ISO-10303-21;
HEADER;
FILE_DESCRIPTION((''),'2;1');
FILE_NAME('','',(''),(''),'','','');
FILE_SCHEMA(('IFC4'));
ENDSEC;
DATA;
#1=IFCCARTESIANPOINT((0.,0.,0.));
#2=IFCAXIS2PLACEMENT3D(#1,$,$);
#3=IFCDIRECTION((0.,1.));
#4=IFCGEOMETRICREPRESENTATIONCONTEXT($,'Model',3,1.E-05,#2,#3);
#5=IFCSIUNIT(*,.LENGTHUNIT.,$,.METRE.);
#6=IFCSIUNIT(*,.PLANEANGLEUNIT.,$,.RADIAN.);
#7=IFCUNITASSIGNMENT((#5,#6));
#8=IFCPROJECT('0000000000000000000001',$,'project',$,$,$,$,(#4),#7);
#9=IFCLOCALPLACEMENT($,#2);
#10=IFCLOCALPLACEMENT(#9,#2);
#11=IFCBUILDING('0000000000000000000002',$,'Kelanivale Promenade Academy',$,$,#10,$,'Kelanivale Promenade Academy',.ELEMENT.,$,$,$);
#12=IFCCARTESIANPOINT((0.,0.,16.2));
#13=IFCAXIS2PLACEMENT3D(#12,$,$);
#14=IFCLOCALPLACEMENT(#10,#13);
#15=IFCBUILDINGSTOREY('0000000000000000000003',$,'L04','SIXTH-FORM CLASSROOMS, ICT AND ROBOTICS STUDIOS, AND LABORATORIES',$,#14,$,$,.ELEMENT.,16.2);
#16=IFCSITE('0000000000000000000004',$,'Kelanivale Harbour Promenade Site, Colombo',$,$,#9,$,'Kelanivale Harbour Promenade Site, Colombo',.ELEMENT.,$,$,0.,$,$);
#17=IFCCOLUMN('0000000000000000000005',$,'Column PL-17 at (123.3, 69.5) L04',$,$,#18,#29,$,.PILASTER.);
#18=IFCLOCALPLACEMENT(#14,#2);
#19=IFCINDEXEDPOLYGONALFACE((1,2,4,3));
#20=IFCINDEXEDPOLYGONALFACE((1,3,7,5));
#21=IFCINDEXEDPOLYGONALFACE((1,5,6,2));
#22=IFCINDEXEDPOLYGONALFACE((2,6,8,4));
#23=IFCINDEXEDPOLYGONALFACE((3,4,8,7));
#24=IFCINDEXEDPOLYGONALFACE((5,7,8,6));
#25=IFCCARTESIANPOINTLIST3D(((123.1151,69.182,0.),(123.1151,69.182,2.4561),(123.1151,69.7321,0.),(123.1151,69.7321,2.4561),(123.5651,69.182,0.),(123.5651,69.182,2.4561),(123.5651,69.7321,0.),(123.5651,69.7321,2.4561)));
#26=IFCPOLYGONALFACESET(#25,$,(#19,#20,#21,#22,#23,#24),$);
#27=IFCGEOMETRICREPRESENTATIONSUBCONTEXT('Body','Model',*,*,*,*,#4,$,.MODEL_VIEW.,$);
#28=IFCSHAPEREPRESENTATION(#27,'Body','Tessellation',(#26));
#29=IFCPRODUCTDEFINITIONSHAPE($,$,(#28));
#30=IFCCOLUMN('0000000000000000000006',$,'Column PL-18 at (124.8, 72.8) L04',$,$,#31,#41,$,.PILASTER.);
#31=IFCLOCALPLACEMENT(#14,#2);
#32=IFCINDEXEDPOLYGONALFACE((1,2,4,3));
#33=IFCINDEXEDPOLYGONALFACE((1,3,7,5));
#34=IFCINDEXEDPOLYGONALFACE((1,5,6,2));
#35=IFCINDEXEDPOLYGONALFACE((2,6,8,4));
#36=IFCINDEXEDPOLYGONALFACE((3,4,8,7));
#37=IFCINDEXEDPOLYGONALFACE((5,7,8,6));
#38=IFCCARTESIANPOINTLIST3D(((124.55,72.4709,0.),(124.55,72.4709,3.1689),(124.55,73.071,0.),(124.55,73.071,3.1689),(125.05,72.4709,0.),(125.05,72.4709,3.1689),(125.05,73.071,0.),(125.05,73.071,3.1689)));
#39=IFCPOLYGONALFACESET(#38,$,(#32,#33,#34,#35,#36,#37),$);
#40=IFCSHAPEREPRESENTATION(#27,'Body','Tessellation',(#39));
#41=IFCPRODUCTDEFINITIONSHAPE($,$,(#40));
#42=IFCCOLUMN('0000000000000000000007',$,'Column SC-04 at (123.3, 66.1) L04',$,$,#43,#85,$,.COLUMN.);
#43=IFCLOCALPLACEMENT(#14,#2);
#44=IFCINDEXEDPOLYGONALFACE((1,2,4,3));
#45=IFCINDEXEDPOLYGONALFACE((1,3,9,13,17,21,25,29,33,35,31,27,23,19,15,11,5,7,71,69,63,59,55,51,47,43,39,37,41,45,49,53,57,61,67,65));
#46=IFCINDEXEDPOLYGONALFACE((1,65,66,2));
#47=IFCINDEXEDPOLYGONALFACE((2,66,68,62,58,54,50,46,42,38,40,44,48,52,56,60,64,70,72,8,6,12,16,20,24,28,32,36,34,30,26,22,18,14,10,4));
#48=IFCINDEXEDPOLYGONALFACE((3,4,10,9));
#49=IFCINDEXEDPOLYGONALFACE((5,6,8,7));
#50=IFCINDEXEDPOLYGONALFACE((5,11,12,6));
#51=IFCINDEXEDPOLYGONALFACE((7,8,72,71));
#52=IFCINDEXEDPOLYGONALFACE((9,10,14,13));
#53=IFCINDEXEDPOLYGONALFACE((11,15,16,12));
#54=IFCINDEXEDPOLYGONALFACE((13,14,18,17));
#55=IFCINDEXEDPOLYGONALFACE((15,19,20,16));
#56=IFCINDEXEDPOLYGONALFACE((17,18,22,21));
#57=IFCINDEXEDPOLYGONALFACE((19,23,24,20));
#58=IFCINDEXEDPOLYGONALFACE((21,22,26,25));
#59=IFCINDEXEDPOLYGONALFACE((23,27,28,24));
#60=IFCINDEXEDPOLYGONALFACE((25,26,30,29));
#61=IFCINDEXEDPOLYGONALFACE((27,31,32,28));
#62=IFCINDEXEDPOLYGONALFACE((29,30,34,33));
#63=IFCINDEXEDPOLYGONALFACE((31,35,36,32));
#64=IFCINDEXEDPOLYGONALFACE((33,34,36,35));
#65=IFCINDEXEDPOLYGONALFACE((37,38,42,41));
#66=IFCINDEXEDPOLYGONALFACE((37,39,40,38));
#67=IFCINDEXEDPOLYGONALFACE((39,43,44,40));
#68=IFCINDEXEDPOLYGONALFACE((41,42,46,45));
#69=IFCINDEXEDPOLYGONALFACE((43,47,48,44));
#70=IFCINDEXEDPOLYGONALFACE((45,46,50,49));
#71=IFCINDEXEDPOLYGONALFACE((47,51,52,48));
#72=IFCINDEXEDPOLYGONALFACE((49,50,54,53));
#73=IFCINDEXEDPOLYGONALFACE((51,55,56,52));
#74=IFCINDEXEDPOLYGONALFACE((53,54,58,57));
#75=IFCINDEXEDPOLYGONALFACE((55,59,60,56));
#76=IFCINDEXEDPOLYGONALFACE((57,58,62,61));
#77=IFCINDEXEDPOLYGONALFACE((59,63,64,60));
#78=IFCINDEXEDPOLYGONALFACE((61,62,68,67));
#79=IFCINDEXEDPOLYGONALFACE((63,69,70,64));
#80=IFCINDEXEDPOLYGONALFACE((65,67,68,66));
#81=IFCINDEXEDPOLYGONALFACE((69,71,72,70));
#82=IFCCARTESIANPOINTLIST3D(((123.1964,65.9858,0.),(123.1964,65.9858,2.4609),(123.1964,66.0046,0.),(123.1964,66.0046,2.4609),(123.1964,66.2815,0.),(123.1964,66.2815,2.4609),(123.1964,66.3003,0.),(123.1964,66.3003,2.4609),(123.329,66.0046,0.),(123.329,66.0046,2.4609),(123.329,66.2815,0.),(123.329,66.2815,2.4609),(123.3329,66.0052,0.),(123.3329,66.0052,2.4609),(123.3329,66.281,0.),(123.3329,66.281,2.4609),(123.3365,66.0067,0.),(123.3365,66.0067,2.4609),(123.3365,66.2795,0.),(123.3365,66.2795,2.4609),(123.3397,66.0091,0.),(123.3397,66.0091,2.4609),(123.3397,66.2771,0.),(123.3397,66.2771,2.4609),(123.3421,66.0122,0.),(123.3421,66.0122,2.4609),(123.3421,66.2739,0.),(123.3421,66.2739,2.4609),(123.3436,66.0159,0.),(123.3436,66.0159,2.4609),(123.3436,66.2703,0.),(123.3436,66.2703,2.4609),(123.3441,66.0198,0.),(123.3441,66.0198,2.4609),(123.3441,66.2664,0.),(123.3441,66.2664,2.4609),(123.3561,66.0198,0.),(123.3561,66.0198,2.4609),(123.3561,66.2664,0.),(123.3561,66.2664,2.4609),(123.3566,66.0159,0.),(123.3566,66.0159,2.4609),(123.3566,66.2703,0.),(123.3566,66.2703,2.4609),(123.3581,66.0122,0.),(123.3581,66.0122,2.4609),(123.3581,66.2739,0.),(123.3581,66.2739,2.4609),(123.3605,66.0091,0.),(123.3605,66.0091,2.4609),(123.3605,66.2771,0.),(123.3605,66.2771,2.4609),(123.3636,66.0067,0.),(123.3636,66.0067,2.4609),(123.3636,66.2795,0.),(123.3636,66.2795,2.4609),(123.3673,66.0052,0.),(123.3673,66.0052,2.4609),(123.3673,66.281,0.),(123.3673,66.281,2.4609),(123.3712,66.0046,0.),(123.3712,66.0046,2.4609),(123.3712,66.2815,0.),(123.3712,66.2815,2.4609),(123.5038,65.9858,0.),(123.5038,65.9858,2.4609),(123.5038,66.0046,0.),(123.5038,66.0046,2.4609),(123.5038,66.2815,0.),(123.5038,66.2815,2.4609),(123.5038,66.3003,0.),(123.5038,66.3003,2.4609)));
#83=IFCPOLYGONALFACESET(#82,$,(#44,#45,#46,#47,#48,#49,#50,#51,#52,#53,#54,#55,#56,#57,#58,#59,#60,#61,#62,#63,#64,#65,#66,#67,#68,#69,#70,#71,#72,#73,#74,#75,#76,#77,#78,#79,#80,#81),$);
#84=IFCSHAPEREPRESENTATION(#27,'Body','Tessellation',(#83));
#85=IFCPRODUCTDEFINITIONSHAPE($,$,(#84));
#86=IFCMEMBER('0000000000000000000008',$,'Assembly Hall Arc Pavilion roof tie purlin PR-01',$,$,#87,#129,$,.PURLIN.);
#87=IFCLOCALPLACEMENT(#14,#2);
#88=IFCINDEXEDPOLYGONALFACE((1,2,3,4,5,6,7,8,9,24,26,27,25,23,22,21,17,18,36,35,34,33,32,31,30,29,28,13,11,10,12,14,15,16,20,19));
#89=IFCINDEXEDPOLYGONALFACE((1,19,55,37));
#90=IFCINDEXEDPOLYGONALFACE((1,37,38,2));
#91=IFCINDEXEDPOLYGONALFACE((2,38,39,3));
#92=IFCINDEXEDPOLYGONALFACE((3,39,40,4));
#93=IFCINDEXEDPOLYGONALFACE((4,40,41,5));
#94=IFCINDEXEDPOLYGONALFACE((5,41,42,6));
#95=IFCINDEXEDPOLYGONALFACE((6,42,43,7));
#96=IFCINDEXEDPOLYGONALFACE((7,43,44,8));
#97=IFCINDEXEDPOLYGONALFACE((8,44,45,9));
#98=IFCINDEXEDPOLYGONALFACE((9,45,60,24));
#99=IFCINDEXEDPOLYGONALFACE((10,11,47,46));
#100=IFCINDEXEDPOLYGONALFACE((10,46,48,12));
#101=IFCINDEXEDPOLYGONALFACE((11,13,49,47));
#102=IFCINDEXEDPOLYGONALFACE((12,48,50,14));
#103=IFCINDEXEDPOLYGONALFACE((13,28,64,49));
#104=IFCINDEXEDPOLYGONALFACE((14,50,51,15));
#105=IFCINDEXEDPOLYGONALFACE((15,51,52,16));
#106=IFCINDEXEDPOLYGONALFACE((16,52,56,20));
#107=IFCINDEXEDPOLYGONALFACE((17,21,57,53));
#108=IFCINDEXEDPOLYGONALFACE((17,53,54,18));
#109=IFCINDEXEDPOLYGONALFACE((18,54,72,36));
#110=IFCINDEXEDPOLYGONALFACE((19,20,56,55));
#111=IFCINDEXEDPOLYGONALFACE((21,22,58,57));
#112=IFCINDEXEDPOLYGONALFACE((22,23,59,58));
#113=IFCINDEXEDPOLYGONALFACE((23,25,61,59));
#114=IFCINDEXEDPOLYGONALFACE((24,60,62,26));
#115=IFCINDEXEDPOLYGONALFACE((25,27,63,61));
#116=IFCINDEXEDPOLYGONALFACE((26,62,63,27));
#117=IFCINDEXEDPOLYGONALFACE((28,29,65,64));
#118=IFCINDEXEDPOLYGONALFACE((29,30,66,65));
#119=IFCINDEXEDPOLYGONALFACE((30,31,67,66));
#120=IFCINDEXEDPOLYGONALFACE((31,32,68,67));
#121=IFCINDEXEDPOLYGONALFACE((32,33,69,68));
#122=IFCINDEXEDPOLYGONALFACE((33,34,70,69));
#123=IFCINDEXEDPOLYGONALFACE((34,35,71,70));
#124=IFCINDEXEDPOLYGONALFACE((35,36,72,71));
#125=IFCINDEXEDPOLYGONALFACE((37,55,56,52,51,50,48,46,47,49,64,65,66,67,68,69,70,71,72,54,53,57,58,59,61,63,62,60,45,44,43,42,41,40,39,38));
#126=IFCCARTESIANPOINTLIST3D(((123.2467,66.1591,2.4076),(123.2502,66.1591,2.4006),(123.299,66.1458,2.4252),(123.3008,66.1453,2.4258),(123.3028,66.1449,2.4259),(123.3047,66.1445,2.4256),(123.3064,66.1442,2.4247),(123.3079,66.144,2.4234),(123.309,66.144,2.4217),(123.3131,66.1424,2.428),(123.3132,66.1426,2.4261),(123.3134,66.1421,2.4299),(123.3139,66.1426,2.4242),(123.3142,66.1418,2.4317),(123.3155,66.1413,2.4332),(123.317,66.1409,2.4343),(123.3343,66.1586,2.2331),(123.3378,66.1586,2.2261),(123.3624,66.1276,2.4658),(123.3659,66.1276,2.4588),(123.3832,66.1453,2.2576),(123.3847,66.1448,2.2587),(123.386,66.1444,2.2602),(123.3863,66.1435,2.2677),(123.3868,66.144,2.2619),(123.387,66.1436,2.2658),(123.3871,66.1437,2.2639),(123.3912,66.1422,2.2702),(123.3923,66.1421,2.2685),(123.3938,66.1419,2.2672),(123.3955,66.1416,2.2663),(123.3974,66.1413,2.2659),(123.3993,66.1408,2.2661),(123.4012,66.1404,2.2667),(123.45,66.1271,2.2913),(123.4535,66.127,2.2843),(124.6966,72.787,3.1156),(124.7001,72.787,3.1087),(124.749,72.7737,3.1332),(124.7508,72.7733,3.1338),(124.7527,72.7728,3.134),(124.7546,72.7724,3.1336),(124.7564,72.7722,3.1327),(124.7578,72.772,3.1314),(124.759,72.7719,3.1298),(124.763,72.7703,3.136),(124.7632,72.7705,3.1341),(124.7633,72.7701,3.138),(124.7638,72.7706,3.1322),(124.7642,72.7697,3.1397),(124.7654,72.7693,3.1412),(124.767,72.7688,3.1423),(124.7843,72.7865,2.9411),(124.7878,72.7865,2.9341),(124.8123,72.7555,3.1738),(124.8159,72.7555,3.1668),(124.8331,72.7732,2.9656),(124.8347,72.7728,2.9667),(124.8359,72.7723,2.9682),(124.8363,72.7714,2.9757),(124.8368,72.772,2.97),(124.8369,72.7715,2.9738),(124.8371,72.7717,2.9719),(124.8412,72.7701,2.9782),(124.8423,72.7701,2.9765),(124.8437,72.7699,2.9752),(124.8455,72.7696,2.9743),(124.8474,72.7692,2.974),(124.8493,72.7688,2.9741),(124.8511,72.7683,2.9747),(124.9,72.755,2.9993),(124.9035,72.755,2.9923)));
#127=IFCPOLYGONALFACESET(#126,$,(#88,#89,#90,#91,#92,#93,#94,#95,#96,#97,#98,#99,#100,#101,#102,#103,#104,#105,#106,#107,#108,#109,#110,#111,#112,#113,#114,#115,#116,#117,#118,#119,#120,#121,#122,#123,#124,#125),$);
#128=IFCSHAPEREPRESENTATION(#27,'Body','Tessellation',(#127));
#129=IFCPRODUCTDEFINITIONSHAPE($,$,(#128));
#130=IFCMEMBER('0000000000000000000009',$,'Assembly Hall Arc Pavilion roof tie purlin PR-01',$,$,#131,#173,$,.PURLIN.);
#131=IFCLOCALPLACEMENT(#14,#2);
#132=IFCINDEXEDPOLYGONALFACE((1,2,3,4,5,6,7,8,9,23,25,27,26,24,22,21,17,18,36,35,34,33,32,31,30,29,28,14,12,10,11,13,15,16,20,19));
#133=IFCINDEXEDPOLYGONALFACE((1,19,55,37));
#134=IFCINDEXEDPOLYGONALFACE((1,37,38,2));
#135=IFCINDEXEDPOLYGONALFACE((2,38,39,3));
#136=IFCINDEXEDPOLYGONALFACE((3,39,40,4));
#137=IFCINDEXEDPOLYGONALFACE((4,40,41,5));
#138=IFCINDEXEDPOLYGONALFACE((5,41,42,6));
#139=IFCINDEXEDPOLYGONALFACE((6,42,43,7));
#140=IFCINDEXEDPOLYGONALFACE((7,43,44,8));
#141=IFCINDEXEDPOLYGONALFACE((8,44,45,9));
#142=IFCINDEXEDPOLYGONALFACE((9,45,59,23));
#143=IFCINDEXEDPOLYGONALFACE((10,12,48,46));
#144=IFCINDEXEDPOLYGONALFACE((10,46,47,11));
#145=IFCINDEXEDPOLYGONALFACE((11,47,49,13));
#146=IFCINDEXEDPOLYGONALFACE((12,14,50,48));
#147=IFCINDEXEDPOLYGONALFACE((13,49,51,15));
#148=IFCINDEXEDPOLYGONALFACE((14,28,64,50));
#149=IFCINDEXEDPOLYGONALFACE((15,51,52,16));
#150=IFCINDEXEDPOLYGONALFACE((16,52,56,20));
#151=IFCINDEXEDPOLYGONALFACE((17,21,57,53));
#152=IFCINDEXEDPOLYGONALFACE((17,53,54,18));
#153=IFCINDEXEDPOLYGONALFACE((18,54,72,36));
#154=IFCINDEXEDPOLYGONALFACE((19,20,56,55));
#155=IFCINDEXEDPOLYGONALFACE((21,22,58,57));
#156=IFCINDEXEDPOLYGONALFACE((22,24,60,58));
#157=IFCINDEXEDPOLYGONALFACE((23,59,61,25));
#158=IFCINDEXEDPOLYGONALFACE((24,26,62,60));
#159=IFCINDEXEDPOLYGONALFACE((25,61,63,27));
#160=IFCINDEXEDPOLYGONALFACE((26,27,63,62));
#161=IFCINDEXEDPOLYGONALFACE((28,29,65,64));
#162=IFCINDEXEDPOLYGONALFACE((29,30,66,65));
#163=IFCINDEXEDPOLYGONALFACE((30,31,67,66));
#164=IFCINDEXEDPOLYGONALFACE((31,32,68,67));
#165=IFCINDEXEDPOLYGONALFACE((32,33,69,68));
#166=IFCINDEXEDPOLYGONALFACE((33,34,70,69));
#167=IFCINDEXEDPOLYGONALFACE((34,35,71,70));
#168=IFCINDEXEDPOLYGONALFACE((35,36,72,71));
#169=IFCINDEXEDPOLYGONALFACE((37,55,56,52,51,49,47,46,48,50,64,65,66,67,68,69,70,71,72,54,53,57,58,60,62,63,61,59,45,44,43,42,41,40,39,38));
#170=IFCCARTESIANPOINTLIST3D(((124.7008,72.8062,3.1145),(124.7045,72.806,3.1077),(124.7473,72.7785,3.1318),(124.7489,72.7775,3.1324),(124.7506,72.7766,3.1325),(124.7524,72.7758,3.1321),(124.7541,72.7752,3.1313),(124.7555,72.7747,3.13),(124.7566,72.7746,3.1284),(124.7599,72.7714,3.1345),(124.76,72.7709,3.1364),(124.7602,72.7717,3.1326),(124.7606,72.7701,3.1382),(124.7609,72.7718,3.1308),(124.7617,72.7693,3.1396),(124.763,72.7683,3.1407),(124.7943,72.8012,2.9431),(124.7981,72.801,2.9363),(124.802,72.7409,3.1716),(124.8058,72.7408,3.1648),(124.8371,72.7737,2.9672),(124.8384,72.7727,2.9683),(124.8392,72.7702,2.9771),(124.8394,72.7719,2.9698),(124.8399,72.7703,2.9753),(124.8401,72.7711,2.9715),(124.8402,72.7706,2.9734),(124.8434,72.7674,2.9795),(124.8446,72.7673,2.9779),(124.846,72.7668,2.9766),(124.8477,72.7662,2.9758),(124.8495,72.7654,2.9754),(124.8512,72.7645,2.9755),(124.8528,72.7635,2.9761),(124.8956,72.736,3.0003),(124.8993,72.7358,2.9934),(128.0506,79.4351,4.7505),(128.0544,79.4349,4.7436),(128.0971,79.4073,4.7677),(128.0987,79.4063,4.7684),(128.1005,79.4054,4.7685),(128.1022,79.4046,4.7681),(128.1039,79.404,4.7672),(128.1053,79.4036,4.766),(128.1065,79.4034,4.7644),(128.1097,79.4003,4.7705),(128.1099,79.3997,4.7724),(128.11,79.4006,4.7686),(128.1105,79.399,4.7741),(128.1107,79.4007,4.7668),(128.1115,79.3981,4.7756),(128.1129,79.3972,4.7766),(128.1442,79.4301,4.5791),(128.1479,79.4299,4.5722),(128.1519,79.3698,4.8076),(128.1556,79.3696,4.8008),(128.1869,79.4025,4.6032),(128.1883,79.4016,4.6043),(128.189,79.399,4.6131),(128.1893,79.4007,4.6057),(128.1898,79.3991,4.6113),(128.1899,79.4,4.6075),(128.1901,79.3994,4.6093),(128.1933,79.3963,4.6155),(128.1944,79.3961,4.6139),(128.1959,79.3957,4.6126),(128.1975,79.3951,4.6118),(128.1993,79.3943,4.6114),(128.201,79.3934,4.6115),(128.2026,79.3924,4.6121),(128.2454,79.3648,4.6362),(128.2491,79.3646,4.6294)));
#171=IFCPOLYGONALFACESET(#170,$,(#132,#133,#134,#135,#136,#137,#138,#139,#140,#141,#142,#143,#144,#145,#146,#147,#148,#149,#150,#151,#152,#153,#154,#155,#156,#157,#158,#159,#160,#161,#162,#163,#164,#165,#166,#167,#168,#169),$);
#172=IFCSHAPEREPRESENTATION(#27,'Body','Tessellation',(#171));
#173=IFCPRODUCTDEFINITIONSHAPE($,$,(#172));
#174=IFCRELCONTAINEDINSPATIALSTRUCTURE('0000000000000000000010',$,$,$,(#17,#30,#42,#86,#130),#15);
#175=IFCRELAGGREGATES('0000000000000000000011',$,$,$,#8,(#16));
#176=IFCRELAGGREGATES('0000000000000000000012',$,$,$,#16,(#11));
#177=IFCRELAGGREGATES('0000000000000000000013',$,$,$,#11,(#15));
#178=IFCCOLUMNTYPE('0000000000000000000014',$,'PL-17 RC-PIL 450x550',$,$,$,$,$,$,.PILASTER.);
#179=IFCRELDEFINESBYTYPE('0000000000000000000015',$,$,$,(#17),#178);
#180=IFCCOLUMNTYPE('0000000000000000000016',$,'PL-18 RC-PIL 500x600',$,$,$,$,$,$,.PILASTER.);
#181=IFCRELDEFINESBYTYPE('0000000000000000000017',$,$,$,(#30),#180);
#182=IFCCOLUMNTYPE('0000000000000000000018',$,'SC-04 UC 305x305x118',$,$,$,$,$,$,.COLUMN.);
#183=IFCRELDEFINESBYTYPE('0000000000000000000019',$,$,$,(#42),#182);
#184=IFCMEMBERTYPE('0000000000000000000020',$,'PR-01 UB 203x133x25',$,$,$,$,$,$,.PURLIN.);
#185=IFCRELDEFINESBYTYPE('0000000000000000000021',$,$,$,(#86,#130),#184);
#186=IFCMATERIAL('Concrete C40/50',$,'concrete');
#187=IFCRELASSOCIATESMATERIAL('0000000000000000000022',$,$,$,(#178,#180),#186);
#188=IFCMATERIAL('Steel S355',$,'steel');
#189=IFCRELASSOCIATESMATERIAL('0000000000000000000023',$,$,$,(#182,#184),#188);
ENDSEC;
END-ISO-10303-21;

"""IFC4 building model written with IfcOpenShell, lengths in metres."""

from ifc_helpers import new_model, si_unit, direction, frame, origin, origin_2d, place, context, subcontext, project, spatial, rectangle, i_section, extrude, material, material_profile, profile_set, type_object, element, save


model = new_model("IFC4")

# Units and contexts
model_context = context("Model", 3, precision=1e-05, world=origin(), true_north=direction((0.0, 1.0)))
body_context = subcontext(model_context, "Body", "Model", "MODEL_VIEW")
ifc_project = project(units=[si_unit("LENGTHUNIT", "METRE"), si_unit("PLANEANGLEUNIT", "RADIAN")], contexts=[model_context])

# Site, building, storey
site_placement = place(None, origin())
site = spatial("IfcSite", under=ifc_project, at=site_placement, Name="Kelanivale Harbour Promenade Site, Colombo", LongName="Kelanivale Harbour Promenade Site, Colombo", CompositionType="ELEMENT", RefElevation=0.0)
building_placement = place(site_placement, origin())
building = spatial("IfcBuilding", under=site, at=building_placement, Name="Kelanivale Promenade Academy", LongName="Kelanivale Promenade Academy", CompositionType="ELEMENT")
storey_placement = place(building_placement, frame((0.0, 0.0, 16.2)))
storey = spatial("IfcBuildingStorey", under=building, at=storey_placement, Name="L04", Description="SIXTH-FORM CLASSROOMS, ICT AND ROBOTICS STUDIOS, AND LABORATORIES", CompositionType="ELEMENT", Elevation=16.2)

# Columns
ifc_material_1 = material(Name="Concrete C40/50", Category="concrete")
ifc_material_profile_1 = material_profile(ifc_material_1, rectangle(XDim=0.45, YDim=0.55, at=origin_2d()), Name="RC-PIL 450x550")
ifc_profile_set_1 = profile_set([ifc_material_profile_1], Name="Concrete C40/50")
column_type_1 = type_object("IfcColumnType", Name="PL-17 RC-PIL 450x550", PredefinedType="PILASTER", material=ifc_profile_set_1)
column_1_placement = place(storey_placement, frame((123.3401, 69.457, 0.0), z_axis=(0.0, 0.0, 1.0), x_axis=(1.0, 0.0, 0.0)))
element("IfcColumn", 1, at=column_1_placement, inside=storey, type_object=column_type_1, Name="Column PL-17 at (123.3, 69.5) L04", PredefinedType="PILASTER", context=body_context, shape_type="SweptSolid", body=[
    extrude(rectangle(XDim=0.45, YDim=0.55, at=origin_2d()), origin(), (0.0, 0.0, 1.0), 2.4561),
])
ifc_material_profile_2 = material_profile(ifc_material_1, rectangle(XDim=0.5, YDim=0.6001, at=origin_2d()), Name="RC-PIL 500x600")
ifc_profile_set_2 = profile_set([ifc_material_profile_2], Name="Concrete C40/50")
column_type_2 = type_object("IfcColumnType", Name="PL-18 RC-PIL 500x600", PredefinedType="PILASTER", material=ifc_profile_set_2)
column_2_placement = place(storey_placement, frame((124.8, 72.771, 0.0), z_axis=(0.0, 0.0, 1.0), x_axis=(1.0, 0.0, 0.0)))
element("IfcColumn", 2, at=column_2_placement, inside=storey, type_object=column_type_2, Name="Column PL-18 at (124.8, 72.8) L04", PredefinedType="PILASTER", context=body_context, shape_type="SweptSolid", body=[
    extrude(rectangle(XDim=0.5, YDim=0.6001, at=origin_2d()), origin(), (0.0, 0.0, 1.0), 3.1689),
])
ifc_material_2 = material(Name="Steel S355", Category="steel")
ifc_material_profile_3 = material_profile(ifc_material_2, i_section(OverallWidth=0.3074, OverallDepth=0.3145, WebThickness=0.012, FlangeThickness=0.0188, FilletRadius=0.0151, at=origin_2d()), Name="UC 305x305x118")
ifc_profile_set_3 = profile_set([ifc_material_profile_3], Name="Steel S355")
column_type_3 = type_object("IfcColumnType", Name="SC-04 UC 305x305x118", PredefinedType="COLUMN", material=ifc_profile_set_3)
column_3_placement = place(storey_placement, frame((123.3501, 66.1431, 0.0), z_axis=(0.0, 0.0, 1.0), x_axis=(1.0, 0.0, 0.0)))
element("IfcColumn", 3, at=column_3_placement, inside=storey, type_object=column_type_3, Name="Column SC-04 at (123.3, 66.1) L04", PredefinedType="COLUMN", context=body_context, shape_type="SweptSolid", body=[
    extrude(i_section(OverallWidth=0.3074, OverallDepth=0.3145, WebThickness=0.012, FlangeThickness=0.0188, FilletRadius=0.0151, at=origin_2d()), origin(), (0.0, 0.0, 1.0), 2.4609),
])

# Members
ifc_material_profile_4 = material_profile(ifc_material_2, i_section(OverallWidth=0.1333, OverallDepth=0.2031, WebThickness=0.0056, FlangeThickness=0.0078, FilletRadius=0.0076, at=origin_2d()), Name="UB 203x133x25")
ifc_profile_set_4 = profile_set([ifc_material_profile_4], Name="Steel S355")
member_type_1 = type_object("IfcMemberType", Name="PR-01 UB 203x133x25", PredefinedType="PURLIN", material=ifc_profile_set_4)
member_1_placement = place(storey_placement, frame((123.3501, 66.1431, 2.3459), z_axis=(0.212556, 0.971621, 0.10379), x_axis=(-0.868071, 0.236527, -0.436472)))
element("IfcMember", 4, at=member_1_placement, inside=storey, type_object=member_type_1, Name="Assembly Hall Arc Pavilion roof tie purlin PR-01", PredefinedType="PURLIN", context=body_context, shape_type="SweptSolid", body=[
    extrude(i_section(OverallWidth=0.1333, OverallDepth=0.2031, WebThickness=0.0056, FlangeThickness=0.0078, FilletRadius=0.0076, at=origin_2d()), origin(), (0.0, 0.0, 1.0), 6.8215),
])
member_2_placement = place(storey_placement, frame((124.8, 72.771, 3.054), z_axis=(0.440464, 0.871618, 0.215112), x_axis=(-0.759403, 0.489526, -0.428568)))
element("IfcMember", 5, at=member_2_placement, inside=storey, type_object=member_type_1, Name="Assembly Hall Arc Pavilion roof tie purlin PR-01", PredefinedType="PURLIN", context=body_context, shape_type="SweptSolid", body=[
    extrude(i_section(OverallWidth=0.1333, OverallDepth=0.2031, WebThickness=0.0056, FlangeThickness=0.0078, FilletRadius=0.0076, at=origin_2d()), origin(), (0.0, 0.0, 1.0), 7.6052),
])

save(model, "model.ifc")
